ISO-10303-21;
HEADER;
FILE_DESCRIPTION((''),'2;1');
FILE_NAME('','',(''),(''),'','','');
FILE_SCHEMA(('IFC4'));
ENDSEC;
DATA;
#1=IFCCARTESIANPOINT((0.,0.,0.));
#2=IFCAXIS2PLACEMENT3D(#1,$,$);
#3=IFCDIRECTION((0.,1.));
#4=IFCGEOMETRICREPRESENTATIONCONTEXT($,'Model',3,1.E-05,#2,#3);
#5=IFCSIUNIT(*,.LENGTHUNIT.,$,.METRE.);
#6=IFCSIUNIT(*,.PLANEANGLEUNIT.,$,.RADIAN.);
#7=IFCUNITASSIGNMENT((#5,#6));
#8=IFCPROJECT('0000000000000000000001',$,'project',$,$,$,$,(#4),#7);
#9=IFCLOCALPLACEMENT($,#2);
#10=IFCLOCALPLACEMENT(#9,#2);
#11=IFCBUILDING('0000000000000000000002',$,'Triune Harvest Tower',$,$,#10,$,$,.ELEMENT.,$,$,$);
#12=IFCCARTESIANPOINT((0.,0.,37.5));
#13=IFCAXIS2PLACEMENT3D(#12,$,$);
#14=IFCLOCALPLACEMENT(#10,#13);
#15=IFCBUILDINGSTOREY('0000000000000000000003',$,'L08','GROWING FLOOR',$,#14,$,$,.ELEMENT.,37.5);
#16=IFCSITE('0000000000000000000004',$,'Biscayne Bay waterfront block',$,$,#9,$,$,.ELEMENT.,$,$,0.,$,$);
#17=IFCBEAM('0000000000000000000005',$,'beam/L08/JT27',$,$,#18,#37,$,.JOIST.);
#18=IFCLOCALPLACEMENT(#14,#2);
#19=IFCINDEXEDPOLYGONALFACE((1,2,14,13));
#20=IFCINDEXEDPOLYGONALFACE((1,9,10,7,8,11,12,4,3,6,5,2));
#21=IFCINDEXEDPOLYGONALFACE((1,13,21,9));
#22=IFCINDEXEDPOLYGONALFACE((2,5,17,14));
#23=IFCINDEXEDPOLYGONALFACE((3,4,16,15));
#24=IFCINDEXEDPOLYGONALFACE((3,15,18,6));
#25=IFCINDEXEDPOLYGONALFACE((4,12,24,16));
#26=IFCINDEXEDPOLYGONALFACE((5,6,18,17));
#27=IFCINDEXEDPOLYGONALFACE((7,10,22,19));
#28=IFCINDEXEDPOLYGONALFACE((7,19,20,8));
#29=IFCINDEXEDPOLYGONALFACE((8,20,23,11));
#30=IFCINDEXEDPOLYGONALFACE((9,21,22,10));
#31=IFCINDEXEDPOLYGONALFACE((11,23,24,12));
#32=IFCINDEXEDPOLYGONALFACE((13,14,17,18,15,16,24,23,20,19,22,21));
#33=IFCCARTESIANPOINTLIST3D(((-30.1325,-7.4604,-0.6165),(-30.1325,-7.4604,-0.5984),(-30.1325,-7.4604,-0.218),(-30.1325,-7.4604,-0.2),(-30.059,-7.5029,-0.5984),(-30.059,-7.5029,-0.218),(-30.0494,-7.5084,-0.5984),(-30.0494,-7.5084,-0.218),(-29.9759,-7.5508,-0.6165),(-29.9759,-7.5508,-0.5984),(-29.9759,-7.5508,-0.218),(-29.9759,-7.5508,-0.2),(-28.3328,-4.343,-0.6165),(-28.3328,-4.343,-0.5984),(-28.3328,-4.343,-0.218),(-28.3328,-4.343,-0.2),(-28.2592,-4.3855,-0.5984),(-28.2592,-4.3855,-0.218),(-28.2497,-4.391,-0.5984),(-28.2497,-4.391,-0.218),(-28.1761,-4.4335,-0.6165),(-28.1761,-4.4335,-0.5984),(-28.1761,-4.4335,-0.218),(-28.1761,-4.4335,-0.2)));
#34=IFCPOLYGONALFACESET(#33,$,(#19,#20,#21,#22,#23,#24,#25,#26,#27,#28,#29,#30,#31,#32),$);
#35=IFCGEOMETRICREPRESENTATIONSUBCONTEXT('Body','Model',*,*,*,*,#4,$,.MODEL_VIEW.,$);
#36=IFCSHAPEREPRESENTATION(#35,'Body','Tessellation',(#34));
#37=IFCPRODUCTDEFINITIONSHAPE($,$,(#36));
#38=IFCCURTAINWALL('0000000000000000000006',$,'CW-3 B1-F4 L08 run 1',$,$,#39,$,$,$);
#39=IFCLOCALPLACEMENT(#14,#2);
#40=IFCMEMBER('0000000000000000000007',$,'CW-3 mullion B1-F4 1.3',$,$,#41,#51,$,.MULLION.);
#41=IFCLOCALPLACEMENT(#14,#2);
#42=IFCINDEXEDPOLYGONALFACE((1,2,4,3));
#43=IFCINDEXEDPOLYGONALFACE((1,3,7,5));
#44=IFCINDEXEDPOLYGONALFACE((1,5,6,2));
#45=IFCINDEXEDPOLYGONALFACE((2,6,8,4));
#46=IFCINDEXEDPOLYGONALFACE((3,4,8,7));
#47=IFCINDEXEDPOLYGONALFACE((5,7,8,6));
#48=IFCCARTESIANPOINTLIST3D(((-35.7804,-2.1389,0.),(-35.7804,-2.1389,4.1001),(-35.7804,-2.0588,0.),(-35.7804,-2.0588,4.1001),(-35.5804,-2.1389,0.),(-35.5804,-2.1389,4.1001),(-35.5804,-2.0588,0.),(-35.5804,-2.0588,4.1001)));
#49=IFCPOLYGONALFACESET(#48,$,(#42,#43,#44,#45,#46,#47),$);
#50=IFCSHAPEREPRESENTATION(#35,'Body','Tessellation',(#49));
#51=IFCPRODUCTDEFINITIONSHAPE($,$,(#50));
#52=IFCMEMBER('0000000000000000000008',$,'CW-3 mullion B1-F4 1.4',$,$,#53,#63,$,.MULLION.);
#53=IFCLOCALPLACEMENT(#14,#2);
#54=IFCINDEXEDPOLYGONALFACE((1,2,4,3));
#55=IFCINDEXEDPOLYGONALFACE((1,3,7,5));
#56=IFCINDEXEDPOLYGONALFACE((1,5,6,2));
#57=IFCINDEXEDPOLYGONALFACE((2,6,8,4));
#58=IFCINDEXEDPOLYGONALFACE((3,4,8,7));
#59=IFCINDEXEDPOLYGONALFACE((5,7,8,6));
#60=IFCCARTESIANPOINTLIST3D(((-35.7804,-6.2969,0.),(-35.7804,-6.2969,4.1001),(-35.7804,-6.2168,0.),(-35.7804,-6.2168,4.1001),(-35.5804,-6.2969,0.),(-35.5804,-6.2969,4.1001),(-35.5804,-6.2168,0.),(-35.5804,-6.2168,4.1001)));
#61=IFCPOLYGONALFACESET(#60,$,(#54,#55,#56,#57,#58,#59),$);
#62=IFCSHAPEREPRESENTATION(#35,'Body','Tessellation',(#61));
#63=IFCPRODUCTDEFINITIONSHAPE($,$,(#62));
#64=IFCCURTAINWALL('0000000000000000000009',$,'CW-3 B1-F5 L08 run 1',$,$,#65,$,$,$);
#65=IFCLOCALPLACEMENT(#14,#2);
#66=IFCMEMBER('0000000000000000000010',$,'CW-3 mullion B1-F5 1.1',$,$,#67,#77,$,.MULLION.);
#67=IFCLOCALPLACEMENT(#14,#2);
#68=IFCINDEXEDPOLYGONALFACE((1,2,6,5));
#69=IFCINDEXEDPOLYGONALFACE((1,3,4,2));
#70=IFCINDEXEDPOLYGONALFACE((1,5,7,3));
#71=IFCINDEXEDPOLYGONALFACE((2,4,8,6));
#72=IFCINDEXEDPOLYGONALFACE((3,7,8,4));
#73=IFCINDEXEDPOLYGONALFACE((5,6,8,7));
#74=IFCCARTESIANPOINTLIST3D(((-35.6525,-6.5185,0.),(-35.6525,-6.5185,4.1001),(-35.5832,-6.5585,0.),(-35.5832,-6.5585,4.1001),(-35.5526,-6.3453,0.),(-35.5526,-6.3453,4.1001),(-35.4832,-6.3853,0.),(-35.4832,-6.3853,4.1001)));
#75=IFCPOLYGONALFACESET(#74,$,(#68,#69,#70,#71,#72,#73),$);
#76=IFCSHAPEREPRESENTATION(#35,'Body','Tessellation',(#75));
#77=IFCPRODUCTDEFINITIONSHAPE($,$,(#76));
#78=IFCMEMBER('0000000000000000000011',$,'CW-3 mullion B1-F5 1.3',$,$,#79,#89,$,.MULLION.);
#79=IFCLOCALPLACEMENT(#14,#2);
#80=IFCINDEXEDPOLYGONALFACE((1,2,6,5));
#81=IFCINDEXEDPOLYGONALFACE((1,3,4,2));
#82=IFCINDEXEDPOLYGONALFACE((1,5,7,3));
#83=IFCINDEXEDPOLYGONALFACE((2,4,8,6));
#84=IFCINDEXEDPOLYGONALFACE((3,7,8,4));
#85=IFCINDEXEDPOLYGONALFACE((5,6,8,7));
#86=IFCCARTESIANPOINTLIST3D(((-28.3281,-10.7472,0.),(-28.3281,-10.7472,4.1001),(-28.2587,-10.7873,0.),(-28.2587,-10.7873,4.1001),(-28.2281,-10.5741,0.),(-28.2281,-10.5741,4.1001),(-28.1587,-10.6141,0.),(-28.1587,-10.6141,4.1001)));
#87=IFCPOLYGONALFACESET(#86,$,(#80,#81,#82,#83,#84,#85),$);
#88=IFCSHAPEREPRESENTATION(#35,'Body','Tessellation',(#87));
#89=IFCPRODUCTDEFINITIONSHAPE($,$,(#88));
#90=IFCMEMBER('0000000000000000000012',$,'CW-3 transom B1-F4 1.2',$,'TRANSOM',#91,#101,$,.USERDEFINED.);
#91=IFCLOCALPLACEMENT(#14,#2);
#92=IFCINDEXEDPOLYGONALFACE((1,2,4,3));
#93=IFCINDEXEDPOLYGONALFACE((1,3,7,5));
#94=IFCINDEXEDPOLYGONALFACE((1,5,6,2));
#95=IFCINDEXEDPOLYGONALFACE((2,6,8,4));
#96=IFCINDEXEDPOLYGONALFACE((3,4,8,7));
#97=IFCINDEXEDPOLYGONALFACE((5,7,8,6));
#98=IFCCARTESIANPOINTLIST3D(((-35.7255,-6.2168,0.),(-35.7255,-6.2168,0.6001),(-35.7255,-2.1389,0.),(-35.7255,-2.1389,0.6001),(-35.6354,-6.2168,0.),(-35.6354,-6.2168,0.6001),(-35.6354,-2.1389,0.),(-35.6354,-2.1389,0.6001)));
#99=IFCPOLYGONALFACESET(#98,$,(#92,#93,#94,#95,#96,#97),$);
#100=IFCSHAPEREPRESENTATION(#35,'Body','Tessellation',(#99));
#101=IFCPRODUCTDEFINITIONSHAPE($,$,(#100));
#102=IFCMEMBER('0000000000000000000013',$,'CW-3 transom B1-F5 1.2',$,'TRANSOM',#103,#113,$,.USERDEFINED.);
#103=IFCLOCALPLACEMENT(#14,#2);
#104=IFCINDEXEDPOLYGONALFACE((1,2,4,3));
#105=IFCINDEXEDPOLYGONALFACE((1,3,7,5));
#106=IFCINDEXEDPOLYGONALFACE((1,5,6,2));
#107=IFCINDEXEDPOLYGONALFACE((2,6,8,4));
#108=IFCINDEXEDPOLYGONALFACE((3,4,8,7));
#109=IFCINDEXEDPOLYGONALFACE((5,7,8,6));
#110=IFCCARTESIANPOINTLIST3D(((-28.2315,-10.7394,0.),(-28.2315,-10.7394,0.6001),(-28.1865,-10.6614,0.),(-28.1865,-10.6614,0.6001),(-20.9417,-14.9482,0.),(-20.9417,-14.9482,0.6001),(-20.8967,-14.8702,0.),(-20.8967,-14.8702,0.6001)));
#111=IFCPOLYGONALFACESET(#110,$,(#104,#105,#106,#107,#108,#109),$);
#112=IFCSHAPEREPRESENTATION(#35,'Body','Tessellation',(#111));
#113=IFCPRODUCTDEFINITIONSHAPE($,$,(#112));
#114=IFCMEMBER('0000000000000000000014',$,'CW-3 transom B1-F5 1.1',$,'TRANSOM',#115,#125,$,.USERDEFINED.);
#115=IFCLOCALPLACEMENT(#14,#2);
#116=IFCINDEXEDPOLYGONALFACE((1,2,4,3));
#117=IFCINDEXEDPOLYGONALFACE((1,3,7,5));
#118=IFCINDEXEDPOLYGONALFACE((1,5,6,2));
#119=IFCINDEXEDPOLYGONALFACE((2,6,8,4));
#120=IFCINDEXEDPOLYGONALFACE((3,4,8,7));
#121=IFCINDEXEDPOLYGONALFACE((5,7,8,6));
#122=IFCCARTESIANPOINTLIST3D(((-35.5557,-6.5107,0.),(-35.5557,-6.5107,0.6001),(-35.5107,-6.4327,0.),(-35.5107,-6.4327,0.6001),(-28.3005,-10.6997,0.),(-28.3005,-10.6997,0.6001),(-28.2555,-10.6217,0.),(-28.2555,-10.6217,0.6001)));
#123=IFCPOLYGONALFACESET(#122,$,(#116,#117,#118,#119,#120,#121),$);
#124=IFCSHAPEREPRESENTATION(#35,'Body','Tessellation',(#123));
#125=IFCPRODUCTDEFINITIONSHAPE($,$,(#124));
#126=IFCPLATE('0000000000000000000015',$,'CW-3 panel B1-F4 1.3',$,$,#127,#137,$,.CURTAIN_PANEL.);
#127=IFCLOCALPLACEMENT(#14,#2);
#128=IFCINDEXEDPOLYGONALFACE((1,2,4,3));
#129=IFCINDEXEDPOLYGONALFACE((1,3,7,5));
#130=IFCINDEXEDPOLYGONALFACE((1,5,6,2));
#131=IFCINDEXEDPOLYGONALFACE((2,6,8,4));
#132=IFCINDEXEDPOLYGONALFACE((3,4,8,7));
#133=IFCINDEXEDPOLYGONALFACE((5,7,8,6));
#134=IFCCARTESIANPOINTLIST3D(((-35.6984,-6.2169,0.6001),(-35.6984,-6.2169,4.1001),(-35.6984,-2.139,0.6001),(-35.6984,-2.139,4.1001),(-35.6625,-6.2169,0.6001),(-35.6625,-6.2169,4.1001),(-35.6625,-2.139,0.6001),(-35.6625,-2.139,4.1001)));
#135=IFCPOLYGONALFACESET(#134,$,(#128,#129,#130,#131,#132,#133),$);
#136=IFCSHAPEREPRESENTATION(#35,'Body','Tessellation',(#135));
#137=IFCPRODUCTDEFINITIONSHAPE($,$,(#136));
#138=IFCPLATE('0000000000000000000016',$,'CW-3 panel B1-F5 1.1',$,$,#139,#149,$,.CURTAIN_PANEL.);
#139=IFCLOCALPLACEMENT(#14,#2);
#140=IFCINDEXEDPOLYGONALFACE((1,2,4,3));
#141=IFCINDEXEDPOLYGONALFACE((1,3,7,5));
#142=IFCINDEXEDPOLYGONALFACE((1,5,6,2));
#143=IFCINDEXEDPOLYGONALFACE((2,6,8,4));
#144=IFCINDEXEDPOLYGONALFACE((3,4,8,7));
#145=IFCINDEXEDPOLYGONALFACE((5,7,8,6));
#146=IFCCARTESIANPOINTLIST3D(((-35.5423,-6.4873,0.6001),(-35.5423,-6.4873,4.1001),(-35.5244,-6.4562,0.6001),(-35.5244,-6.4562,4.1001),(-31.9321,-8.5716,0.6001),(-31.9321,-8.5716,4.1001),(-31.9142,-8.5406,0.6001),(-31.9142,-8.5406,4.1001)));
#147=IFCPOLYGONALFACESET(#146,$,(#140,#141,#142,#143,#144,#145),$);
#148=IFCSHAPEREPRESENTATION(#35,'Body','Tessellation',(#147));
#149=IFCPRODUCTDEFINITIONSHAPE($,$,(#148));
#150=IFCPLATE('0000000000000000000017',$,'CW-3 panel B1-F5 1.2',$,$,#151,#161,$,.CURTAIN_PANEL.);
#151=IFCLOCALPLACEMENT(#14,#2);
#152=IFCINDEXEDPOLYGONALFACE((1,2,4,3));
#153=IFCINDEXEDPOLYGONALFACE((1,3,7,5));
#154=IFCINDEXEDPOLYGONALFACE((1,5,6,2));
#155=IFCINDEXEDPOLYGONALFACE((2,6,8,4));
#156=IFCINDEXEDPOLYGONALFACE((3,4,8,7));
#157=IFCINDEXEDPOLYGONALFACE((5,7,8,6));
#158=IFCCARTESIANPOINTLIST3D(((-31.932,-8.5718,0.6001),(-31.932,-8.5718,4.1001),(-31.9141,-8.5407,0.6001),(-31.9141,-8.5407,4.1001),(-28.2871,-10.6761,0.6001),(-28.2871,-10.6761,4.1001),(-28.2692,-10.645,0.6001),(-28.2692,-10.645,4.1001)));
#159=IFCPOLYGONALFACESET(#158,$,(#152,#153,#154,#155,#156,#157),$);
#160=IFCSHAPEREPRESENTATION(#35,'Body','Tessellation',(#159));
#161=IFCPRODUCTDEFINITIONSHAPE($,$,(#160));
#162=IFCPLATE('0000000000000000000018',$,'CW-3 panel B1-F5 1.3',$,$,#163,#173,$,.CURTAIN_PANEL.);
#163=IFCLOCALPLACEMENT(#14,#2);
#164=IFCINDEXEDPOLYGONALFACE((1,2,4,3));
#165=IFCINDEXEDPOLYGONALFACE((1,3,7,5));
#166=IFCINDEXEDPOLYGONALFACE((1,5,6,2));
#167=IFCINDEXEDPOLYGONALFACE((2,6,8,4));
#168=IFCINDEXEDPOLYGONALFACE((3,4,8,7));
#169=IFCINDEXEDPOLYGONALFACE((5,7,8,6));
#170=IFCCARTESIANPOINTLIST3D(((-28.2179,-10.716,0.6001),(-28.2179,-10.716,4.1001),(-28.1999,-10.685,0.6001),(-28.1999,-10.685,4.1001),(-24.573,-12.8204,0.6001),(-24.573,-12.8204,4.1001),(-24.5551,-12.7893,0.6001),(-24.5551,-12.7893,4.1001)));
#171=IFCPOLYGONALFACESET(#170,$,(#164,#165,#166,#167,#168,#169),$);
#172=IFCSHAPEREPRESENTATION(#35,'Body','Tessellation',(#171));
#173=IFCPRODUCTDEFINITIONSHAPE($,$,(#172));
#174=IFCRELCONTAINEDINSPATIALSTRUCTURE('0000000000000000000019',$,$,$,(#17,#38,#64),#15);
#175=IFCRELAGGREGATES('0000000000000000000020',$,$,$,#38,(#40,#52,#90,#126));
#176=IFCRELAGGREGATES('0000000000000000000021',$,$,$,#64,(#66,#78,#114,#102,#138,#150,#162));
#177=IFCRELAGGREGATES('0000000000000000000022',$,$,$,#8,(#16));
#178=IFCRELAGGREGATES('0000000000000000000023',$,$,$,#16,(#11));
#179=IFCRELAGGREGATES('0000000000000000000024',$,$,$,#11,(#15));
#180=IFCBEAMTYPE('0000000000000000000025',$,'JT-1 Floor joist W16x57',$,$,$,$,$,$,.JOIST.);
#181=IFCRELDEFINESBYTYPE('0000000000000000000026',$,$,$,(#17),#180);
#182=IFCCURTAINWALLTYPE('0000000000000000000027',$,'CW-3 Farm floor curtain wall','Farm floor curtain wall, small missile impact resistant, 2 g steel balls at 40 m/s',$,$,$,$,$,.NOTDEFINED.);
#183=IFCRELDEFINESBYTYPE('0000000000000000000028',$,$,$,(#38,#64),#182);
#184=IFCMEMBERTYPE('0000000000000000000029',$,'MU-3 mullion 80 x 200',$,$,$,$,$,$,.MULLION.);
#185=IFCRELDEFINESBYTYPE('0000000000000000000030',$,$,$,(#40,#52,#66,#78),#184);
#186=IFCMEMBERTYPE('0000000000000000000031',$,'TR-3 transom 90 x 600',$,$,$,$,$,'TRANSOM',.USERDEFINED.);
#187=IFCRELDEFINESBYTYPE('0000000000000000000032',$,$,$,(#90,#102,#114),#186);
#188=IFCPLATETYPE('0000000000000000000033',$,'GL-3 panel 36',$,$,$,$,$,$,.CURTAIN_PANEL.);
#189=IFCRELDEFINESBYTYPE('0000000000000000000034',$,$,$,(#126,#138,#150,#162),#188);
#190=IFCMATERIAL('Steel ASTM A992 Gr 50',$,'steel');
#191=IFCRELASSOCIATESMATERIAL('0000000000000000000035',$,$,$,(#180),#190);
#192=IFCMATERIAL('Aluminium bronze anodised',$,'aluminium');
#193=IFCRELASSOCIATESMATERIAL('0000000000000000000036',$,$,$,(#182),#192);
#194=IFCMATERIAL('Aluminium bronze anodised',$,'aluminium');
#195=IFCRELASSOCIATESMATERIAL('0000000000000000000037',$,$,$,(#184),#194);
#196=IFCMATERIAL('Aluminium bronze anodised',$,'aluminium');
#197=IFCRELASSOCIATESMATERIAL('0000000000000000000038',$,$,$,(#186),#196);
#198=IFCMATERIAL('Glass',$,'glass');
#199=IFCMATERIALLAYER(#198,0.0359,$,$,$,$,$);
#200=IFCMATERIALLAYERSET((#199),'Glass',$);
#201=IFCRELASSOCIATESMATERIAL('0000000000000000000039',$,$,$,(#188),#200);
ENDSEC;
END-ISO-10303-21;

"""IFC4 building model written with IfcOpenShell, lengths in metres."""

from ifc_helpers import new_model, si_unit, direction, frame, origin, origin_2d, place, context, subcontext, project, spatial, rectangle, i_section, extrude, source, transform, mapped, material, layer, layer_set, material_profile, profile_set, type_object, element, aggregate, save


model = new_model("IFC4")

# Units and contexts
model_context = context("Model", 3, precision=1e-05, world=origin(), true_north=direction((0.0, 1.0)))
body_context = subcontext(model_context, "Body", "Model", "MODEL_VIEW")
ifc_project = project(units=[si_unit("LENGTHUNIT", "METRE"), si_unit("PLANEANGLEUNIT", "RADIAN")], contexts=[model_context])

# Site, building, storey
site_placement = place(None, origin())
site = spatial("IfcSite", under=ifc_project, at=site_placement, Name="Biscayne Bay waterfront block", CompositionType="ELEMENT", RefElevation=0.0)
building_placement = place(site_placement, origin())
building = spatial("IfcBuilding", under=site, at=building_placement, Name="Triune Harvest Tower", CompositionType="ELEMENT")
storey_placement = place(building_placement, frame((0.0, 0.0, 37.5)))
storey = spatial("IfcBuildingStorey", under=building, at=storey_placement, Name="L08", Description="GROWING FLOOR", CompositionType="ELEMENT", Elevation=37.5)

# Beam
ifc_material_1 = material(Name="Steel ASTM A992 Gr 50", Category="steel")
ifc_material_profile_1 = material_profile(ifc_material_1, i_section(OverallWidth=0.1809, OverallDepth=0.4165, WebThickness=0.011, FlangeThickness=0.0181, at=origin_2d()), Name="W16x57")
ifc_profile_set_1 = profile_set([ifc_material_profile_1], Name="Steel ASTM A992 Gr 50")
beam_type_1 = type_object("IfcBeamType", Name="JT-1 Floor joist W16x57", PredefinedType="JOIST", material=ifc_profile_set_1)
shared_shape_1 = source(origin(), body_context, "Body", "SweptSolid", [
    extrude(i_section(OverallWidth=0.1809, OverallDepth=0.4165, WebThickness=0.011, FlangeThickness=0.0181, at=origin_2d()), origin(), (0.0, 0.0, 1.0), 3.5996),
])
beam_1_placement = place(storey_placement, frame((-30.0542, -7.5056, -0.4082), z_axis=(0.499991, 0.866031, 0.0), x_axis=(-0.866031, 0.499991, 0.0)))
element("IfcBeam", 1, at=beam_1_placement, inside=storey, type_object=beam_type_1, Name="beam/L08/JT27", PredefinedType="JOIST", context=body_context, shape_type="MappedRepresentation", body=[
    mapped(shared_shape_1, transform((0.0, 0.0, 0.0), scale=1.0)),
])

# Curtain walls, members
ifc_material_2 = material(Name="Aluminium bronze anodised", Category="aluminium")
curtain_wall_type = type_object("IfcCurtainWallType", Name="CW-3 Farm floor curtain wall", Description="Farm floor curtain wall, small missile impact resistant, 2 g steel balls at 40 m/s", PredefinedType="NOTDEFINED", material=ifc_material_2)
curtain_wall_1_placement = place(storey_placement, origin())
curtain_wall_1 = element("IfcCurtainWall", 2, at=curtain_wall_1_placement, inside=storey, type_object=curtain_wall_type, Name="CW-3 B1-F4 L08 run 1")
ifc_material_3 = material(Name="Aluminium bronze anodised", Category="aluminium")
ifc_material_profile_2 = material_profile(ifc_material_3, rectangle(XDim=0.2, YDim=0.0801, at=origin_2d()), Name="MU-3 mullion 80 x 200")
ifc_profile_set_2 = profile_set([ifc_material_profile_2], Name="Aluminium bronze anodised")
member_type_1 = type_object("IfcMemberType", Name="MU-3 mullion 80 x 200", PredefinedType="MULLION", material=ifc_profile_set_2)
shared_shape_2 = source(origin(), body_context, "Body", "SweptSolid", [
    extrude(rectangle(XDim=0.2, YDim=0.0801, at=origin_2d()), origin(), (0.0, 0.0, 1.0), 4.1001),
])
member_1_placement = place(storey_placement, frame((-35.6804, -2.0989, 0.0), z_axis=(0.0, 0.0, 1.0), x_axis=(1.0, 0.0, 0.0)))
member_1 = element("IfcMember", 3, at=member_1_placement, type_object=member_type_1, Name="CW-3 mullion B1-F4 1.3", PredefinedType="MULLION", context=body_context, shape_type="MappedRepresentation", body=[
    mapped(shared_shape_2, transform((0.0, 0.0, 0.0), scale=1.0)),
])
member_2_placement = place(storey_placement, frame((-35.6804, -6.2568, 0.0), z_axis=(0.0, 0.0, 1.0), x_axis=(1.0, 0.0, 0.0)))
member_2 = element("IfcMember", 4, at=member_2_placement, type_object=member_type_1, Name="CW-3 mullion B1-F4 1.4", PredefinedType="MULLION", context=body_context, shape_type="MappedRepresentation", body=[
    mapped(shared_shape_2, transform((0.0, 0.0, 0.0), scale=1.0)),
])
curtain_wall_2_placement = place(storey_placement, origin())
curtain_wall_2 = element("IfcCurtainWall", 5, at=curtain_wall_2_placement, inside=storey, type_object=curtain_wall_type, Name="CW-3 B1-F5 L08 run 1")
member_3_placement = place(storey_placement, frame((-35.5679, -6.4519, 0.0), z_axis=(0.0, 0.0, 1.0), x_axis=(0.5, 0.866026, 0.0)))
member_3 = element("IfcMember", 6, at=member_3_placement, type_object=member_type_1, Name="CW-3 mullion B1-F5 1.1", PredefinedType="MULLION", context=body_context, shape_type="MappedRepresentation", body=[
    mapped(shared_shape_2, transform((0.0, 0.0, 0.0), scale=1.0)),
])
member_4_placement = place(storey_placement, frame((-28.2434, -10.6807, 0.0), z_axis=(0.0, 0.0, 1.0), x_axis=(0.5, 0.866026, 0.0)))
member_4 = element("IfcMember", 7, at=member_4_placement, type_object=member_type_1, Name="CW-3 mullion B1-F5 1.3", PredefinedType="MULLION", context=body_context, shape_type="MappedRepresentation", body=[
    mapped(shared_shape_2, transform((0.0, 0.0, 0.0), scale=1.0)),
])

# Members
ifc_material_4 = material(Name="Aluminium bronze anodised", Category="aluminium")
ifc_material_profile_3 = material_profile(ifc_material_4, rectangle(XDim=0.0901, YDim=0.6001, at=origin_2d()), Name="TR-3 transom 90 x 600")
ifc_profile_set_3 = profile_set([ifc_material_profile_3], Name="Aluminium bronze anodised")
member_type_2 = type_object("IfcMemberType", Name="TR-3 transom 90 x 600", ElementType="TRANSOM", PredefinedType="USERDEFINED", material=ifc_profile_set_3)
shared_shape_3 = source(origin(), body_context, "Body", "SweptSolid", [
    extrude(rectangle(XDim=0.0901, YDim=0.6001, at=origin_2d()), origin(), (0.0, 0.0, 1.0), 4.0779),
])
member_5_placement = place(storey_placement, frame((-35.6804, -2.1389, 0.3), z_axis=(0.0, -1.0, 0.0), x_axis=(1.0, 0.0, 0.0)))
member_5 = element("IfcMember", 8, at=member_5_placement, type_object=member_type_2, Name="CW-3 transom B1-F4 1.2", ObjectType="TRANSOM", PredefinedType="USERDEFINED", context=body_context, shape_type="MappedRepresentation", body=[
    mapped(shared_shape_3, transform((0.0, 0.0, 0.0), scale=1.0)),
])
shared_shape_4 = source(origin(), body_context, "Body", "SweptSolid", [
    extrude(rectangle(XDim=0.0901, YDim=0.6001, at=origin_2d()), origin(), (0.0, 0.0, 1.0), 8.4175),
])
member_6_placement = place(storey_placement, frame((-28.209, -10.7004, 0.3), z_axis=(0.866027, -0.499998, 0.0), x_axis=(0.499998, 0.866027, 0.0)))
member_6 = element("IfcMember", 9, at=member_6_placement, type_object=member_type_2, Name="CW-3 transom B1-F5 1.2", ObjectType="TRANSOM", PredefinedType="USERDEFINED", context=body_context, shape_type="MappedRepresentation", body=[
    mapped(shared_shape_4, transform((0.0, 0.0, 0.0), scale=1.0)),
])
shared_shape_5 = source(origin(), body_context, "Body", "SweptSolid", [
    extrude(rectangle(XDim=0.0901, YDim=0.6001, at=origin_2d()), origin(), (0.0, 0.0, 1.0), 8.3777),
])
member_7_placement = place(storey_placement, frame((-35.5332, -6.4717, 0.3), z_axis=(0.866014, -0.500019, 0.0), x_axis=(0.500019, 0.866014, 0.0)))
member_7 = element("IfcMember", 10, at=member_7_placement, type_object=member_type_2, Name="CW-3 transom B1-F5 1.1", ObjectType="TRANSOM", PredefinedType="USERDEFINED", context=body_context, shape_type="MappedRepresentation", body=[
    mapped(shared_shape_5, transform((0.0, 0.0, 0.0), scale=1.0)),
])

# Plates
ifc_material_5 = material(Name="Glass", Category="glass")
ifc_layer_1 = layer(ifc_material_5, 0.0359)
ifc_layer_set_1 = layer_set([ifc_layer_1], Name="Glass")
plate_type = type_object("IfcPlateType", Name="GL-3 panel 36", PredefinedType="CURTAIN_PANEL", material=ifc_layer_set_1)
shared_shape_6 = source(origin(), body_context, "Body", "SweptSolid", [
    extrude(rectangle(XDim=4.0779, YDim=0.0359, at=origin_2d()), origin(), (0.0, 0.0, 1.0), 3.5),
])
plate_1_placement = place(storey_placement, frame((-35.6804, -4.178, 0.6001), z_axis=(0.0, 0.0, 1.0), x_axis=(0.0, -1.0, 0.0)))
plate_1 = element("IfcPlate", 11, at=plate_1_placement, type_object=plate_type, Name="CW-3 panel B1-F4 1.3", PredefinedType="CURTAIN_PANEL", context=body_context, shape_type="MappedRepresentation", body=[
    mapped(shared_shape_6, transform((0.0, 0.0, 0.0), scale=1.0)),
])
aggregate(curtain_wall_1, [member_1, member_2, member_5, plate_1])
shared_shape_7 = source(origin(), body_context, "Body", "SweptSolid", [
    extrude(rectangle(XDim=4.1687, YDim=0.0359, at=origin_2d()), origin(), (0.0, 0.0, 1.0), 3.5),
])
plate_2_placement = place(storey_placement, frame((-33.7283, -7.5139, 0.6001), z_axis=(0.0, 0.0, 1.0), x_axis=(0.866026, -0.5, 0.0)))
plate_2 = element("IfcPlate", 12, at=plate_2_placement, type_object=plate_type, Name="CW-3 panel B1-F5 1.1", PredefinedType="CURTAIN_PANEL", context=body_context, shape_type="MappedRepresentation", body=[
    mapped(shared_shape_7, transform((0.0, 0.0, 0.0), scale=1.0)),
])
shared_shape_8 = source(origin(), body_context, "Body", "SweptSolid", [
    extrude(rectangle(XDim=4.2087, YDim=0.0359, at=origin_2d()), origin(), (0.0, 0.0, 1.0), 3.5),
])
plate_3_placement = place(storey_placement, frame((-30.1006, -9.6084, 0.6001), z_axis=(0.0, 0.0, 1.0), x_axis=(0.866026, -0.5, 0.0)))
plate_3 = element("IfcPlate", 13, at=plate_3_placement, type_object=plate_type, Name="CW-3 panel B1-F5 1.2", PredefinedType="CURTAIN_PANEL", context=body_context, shape_type="MappedRepresentation", body=[
    mapped(shared_shape_8, transform((0.0, 0.0, 0.0), scale=1.0)),
])
plate_4_placement = place(storey_placement, frame((-26.3865, -11.7527, 0.6001), z_axis=(0.0, 0.0, 1.0), x_axis=(0.866026, -0.5, 0.0)))
plate_4 = element("IfcPlate", 14, at=plate_4_placement, type_object=plate_type, Name="CW-3 panel B1-F5 1.3", PredefinedType="CURTAIN_PANEL", context=body_context, shape_type="MappedRepresentation", body=[
    mapped(shared_shape_8, transform((0.0, 0.0, 0.0), scale=1.0)),
])
aggregate(curtain_wall_2, [member_3, member_4, member_7, member_6, plate_2, plate_3, plate_4])

save(model, "model.ifc")
